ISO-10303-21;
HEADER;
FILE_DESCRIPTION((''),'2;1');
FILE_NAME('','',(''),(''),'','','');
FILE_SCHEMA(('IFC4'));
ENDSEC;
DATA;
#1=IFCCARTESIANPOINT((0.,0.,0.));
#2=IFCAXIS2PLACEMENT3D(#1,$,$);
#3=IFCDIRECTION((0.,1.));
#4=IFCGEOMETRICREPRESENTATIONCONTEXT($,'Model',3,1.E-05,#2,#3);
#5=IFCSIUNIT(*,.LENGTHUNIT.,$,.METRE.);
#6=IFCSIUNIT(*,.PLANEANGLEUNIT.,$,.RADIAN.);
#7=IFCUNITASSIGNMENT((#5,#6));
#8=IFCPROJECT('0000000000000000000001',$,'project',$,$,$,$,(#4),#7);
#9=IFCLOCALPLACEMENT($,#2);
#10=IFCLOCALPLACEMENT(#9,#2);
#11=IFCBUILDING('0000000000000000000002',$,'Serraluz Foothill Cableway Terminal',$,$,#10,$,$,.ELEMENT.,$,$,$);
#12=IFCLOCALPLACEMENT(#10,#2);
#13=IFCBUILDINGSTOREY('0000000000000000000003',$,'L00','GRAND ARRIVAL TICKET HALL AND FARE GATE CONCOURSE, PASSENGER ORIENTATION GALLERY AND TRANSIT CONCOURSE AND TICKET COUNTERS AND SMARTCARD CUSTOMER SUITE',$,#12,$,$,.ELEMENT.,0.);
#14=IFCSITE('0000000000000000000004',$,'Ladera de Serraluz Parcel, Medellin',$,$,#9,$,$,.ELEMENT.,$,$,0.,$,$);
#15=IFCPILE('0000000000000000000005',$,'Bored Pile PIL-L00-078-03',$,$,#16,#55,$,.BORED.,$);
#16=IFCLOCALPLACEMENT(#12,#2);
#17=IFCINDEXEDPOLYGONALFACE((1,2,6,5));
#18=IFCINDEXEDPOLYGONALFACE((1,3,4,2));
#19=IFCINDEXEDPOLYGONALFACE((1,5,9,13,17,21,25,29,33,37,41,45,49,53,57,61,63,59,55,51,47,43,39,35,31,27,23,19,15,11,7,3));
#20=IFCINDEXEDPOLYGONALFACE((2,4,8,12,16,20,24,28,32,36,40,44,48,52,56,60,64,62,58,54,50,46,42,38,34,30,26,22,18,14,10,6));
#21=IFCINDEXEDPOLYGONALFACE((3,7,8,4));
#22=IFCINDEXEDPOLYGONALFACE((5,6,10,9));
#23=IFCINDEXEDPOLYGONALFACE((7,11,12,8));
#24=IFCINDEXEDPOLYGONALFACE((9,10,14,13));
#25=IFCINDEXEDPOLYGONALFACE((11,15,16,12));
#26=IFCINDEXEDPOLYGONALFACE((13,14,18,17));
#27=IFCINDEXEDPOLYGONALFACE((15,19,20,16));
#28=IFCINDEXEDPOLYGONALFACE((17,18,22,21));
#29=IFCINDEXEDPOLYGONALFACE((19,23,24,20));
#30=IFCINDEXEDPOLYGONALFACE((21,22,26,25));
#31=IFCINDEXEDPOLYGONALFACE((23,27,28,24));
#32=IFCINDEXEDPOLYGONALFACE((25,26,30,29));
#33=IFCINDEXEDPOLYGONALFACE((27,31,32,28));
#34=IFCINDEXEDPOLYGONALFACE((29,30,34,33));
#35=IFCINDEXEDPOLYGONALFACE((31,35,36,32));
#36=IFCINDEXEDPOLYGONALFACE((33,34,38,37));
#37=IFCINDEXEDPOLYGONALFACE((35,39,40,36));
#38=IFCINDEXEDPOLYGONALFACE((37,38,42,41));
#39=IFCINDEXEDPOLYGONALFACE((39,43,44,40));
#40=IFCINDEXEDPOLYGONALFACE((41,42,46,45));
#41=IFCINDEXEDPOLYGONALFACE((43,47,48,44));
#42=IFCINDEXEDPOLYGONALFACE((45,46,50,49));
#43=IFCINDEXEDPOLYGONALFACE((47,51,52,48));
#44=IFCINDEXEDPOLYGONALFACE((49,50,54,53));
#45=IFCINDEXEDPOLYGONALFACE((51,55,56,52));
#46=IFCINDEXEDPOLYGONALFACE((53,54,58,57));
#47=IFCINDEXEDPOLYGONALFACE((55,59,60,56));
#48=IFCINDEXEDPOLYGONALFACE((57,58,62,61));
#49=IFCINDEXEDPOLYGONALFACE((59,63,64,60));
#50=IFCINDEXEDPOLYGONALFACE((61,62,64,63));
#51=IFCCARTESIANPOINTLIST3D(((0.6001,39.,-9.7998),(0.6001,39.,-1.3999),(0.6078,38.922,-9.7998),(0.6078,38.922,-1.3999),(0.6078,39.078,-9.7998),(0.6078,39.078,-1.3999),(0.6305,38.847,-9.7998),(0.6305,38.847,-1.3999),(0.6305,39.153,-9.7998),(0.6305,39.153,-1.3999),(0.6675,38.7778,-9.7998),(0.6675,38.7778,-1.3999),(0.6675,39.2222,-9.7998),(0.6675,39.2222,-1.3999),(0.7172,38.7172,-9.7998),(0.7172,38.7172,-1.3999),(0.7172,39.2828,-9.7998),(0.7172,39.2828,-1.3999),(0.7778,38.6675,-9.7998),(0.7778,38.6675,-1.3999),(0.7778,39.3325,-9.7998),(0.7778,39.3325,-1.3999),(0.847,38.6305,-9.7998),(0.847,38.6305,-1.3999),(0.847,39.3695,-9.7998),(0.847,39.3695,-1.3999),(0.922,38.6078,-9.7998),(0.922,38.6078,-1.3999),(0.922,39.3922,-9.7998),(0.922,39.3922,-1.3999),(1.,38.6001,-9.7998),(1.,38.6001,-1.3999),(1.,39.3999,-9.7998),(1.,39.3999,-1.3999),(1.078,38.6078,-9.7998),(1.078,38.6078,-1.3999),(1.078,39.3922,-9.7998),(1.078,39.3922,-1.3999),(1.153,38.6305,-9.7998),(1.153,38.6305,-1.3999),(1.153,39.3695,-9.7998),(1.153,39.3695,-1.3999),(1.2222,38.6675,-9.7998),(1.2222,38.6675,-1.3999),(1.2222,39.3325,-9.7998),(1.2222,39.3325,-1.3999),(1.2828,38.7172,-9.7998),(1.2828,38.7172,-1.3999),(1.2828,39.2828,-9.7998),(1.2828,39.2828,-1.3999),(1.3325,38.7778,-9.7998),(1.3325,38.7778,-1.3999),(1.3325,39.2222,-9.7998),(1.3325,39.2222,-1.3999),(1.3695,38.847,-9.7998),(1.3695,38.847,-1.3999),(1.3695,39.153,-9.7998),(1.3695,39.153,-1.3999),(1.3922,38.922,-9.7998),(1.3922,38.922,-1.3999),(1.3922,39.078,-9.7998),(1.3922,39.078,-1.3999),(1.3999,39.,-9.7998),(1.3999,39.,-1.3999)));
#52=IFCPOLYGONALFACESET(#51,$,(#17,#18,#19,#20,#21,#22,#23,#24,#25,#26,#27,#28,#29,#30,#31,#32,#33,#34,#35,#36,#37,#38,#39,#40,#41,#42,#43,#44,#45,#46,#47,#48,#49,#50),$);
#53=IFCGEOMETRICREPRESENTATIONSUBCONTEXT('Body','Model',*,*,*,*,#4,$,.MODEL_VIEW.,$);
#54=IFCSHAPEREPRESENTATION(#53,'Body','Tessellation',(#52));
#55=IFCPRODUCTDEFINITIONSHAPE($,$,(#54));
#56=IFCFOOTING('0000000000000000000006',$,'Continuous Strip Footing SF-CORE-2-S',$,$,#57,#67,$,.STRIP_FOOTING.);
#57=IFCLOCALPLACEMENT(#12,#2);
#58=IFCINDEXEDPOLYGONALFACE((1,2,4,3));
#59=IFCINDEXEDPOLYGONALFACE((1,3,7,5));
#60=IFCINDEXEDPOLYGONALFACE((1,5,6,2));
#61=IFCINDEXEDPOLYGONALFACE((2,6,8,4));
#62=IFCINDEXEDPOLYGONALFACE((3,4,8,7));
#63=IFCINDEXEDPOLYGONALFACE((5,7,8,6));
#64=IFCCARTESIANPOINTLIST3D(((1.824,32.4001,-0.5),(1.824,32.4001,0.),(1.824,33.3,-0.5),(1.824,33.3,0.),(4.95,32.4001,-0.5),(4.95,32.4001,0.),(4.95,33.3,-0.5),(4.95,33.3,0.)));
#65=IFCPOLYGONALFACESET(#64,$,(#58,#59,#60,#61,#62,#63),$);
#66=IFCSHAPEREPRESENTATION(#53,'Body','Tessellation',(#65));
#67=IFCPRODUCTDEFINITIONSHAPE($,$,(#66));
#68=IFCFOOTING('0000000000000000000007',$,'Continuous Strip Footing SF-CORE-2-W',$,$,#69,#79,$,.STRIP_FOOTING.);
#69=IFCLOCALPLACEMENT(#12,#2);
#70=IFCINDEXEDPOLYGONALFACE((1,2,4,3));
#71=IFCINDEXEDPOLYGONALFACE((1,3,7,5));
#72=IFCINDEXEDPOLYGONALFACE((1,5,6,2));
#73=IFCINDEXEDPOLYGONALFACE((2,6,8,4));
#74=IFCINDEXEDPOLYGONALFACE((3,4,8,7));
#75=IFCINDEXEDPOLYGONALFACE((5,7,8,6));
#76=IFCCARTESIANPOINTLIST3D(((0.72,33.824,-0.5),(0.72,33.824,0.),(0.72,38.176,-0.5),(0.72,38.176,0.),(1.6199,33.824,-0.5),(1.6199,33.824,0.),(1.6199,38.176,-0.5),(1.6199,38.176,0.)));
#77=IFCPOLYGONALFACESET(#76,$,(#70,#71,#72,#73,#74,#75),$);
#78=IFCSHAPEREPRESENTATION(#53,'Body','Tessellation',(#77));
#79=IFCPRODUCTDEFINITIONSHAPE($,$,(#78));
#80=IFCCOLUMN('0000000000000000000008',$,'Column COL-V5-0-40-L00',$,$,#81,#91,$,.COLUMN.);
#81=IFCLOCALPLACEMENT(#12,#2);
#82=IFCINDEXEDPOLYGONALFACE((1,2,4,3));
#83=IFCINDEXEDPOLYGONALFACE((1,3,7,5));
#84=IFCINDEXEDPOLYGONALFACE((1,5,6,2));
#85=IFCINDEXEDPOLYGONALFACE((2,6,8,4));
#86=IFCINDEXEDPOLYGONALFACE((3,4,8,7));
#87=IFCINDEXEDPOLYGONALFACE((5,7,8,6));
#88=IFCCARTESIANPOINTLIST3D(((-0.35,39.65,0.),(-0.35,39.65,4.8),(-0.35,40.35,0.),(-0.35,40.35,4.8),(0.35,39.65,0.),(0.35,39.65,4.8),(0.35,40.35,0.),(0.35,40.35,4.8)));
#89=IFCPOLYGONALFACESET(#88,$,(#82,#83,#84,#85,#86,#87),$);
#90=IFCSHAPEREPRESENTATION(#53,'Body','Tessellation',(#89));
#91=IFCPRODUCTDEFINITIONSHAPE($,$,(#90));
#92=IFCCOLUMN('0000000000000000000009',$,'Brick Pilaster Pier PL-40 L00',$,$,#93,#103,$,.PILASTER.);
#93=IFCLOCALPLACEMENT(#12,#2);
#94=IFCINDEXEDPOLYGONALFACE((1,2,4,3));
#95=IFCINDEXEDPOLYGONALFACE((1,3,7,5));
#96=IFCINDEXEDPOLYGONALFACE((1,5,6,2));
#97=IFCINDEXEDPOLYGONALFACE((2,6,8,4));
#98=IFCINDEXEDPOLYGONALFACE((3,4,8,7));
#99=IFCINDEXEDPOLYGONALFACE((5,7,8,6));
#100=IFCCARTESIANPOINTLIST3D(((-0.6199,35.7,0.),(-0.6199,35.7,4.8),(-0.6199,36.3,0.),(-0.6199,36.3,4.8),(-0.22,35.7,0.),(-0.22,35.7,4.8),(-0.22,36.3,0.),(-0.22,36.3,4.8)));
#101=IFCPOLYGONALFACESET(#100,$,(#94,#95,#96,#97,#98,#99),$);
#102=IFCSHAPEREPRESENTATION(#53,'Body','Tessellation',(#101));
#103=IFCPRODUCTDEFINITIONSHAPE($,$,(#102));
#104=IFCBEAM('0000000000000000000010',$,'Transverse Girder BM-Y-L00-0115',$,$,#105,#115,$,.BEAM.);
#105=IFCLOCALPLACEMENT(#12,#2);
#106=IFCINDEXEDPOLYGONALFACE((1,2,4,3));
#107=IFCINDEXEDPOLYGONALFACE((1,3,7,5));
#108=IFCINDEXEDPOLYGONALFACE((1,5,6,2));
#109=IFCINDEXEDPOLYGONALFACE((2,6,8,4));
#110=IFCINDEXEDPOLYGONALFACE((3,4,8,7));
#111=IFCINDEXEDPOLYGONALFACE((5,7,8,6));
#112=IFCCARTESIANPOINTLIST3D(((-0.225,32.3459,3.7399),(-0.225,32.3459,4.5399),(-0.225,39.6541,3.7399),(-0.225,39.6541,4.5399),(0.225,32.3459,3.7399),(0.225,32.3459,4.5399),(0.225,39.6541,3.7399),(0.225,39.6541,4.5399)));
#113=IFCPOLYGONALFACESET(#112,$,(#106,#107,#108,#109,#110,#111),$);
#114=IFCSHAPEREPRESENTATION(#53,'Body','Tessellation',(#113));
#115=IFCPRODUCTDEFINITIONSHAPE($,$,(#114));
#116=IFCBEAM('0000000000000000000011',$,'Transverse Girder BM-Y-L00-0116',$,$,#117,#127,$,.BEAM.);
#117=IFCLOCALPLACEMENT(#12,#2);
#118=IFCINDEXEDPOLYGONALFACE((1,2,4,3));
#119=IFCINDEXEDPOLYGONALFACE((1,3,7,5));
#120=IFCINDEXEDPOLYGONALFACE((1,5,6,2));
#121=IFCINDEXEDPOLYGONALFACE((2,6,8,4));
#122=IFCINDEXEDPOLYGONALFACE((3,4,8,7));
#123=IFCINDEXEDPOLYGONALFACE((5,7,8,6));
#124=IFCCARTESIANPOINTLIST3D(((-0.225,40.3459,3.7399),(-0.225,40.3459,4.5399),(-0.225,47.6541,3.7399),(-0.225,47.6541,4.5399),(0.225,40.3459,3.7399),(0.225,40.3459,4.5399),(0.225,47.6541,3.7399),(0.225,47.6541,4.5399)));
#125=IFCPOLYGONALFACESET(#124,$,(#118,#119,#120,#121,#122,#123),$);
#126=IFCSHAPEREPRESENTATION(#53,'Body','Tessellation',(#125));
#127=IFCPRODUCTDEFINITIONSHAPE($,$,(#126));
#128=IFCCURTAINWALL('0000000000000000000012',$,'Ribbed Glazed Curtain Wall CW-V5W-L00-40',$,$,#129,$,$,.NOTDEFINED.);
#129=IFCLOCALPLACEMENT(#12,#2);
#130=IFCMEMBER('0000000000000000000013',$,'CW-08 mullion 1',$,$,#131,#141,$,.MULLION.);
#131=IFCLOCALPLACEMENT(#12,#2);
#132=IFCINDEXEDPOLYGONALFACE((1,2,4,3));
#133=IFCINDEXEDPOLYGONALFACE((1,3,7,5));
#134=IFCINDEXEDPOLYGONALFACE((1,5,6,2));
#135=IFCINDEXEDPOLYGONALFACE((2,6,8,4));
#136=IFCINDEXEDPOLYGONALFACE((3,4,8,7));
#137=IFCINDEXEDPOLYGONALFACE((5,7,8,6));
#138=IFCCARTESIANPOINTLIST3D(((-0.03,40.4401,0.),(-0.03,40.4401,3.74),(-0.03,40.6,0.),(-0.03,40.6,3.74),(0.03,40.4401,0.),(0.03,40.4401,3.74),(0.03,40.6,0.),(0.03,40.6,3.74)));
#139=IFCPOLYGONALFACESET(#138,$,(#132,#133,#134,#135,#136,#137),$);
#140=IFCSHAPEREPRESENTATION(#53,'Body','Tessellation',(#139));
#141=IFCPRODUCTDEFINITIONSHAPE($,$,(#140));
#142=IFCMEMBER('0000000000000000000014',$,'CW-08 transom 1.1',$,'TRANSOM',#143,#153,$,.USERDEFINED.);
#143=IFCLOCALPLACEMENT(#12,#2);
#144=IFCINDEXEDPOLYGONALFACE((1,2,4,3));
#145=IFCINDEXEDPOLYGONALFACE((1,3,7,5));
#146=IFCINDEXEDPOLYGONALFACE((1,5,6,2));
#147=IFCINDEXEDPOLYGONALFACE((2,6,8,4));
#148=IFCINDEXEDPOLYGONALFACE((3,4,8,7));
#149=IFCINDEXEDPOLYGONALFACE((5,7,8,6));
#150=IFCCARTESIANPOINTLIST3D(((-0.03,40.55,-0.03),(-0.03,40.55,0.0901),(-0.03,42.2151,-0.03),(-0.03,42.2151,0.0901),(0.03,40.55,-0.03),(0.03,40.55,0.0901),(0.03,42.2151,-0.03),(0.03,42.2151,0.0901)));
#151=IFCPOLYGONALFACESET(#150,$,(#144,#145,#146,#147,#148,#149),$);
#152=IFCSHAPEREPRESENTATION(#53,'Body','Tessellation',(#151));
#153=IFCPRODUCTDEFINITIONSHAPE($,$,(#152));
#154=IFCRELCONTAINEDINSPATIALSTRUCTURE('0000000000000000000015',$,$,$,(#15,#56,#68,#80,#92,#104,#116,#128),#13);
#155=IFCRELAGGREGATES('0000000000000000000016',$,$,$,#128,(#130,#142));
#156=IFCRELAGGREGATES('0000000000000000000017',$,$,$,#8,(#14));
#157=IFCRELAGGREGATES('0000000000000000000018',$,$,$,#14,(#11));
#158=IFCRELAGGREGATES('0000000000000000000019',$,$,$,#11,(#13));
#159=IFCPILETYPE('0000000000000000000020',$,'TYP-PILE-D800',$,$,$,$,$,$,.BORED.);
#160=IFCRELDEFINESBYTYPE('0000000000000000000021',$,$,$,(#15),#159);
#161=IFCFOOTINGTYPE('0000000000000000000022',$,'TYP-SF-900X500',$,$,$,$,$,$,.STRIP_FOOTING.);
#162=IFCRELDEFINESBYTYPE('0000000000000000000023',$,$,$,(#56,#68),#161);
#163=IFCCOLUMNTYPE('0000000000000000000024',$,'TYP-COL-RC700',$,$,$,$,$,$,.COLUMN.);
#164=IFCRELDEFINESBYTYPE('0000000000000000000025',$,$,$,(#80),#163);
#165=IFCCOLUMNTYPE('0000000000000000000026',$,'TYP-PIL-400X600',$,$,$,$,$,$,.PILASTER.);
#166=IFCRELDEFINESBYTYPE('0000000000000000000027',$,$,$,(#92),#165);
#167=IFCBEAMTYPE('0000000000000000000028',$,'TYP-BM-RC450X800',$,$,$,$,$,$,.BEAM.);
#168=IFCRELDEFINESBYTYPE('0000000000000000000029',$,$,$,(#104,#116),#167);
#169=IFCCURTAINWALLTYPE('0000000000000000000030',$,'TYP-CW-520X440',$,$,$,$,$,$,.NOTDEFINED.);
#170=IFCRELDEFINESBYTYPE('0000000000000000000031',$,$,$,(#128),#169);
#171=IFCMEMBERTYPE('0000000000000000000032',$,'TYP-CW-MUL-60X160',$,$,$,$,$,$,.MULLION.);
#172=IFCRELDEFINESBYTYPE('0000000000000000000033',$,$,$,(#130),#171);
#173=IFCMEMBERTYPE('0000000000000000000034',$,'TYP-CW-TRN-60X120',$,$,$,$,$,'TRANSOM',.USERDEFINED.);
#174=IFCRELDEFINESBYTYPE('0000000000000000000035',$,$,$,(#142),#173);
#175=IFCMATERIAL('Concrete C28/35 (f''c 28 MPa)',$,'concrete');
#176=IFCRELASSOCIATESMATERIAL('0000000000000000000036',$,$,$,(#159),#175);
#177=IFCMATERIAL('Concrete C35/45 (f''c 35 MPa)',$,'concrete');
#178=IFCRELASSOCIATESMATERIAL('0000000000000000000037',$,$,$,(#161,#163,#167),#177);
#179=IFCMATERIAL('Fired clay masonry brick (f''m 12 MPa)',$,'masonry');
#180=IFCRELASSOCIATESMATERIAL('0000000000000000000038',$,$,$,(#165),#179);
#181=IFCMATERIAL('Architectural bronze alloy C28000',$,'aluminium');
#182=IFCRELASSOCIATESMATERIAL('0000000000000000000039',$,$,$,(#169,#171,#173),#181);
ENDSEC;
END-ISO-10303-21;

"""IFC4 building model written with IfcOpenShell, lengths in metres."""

from ifc_helpers import new_model, si_unit, direction, frame, origin, origin_2d, place, context, subcontext, project, spatial, rectangle, circle, extrude, material, material_profile, profile_set, type_object, element, aggregate, save


model = new_model("IFC4")

# Units and contexts
model_context = context("Model", 3, precision=1e-05, world=origin(), true_north=direction((0.0, 1.0)))
body_context = subcontext(model_context, "Body", "Model", "MODEL_VIEW")
ifc_project = project(units=[si_unit("LENGTHUNIT", "METRE"), si_unit("PLANEANGLEUNIT", "RADIAN")], contexts=[model_context])

# Site, building, storey
site_placement = place(None, origin())
site = spatial("IfcSite", under=ifc_project, at=site_placement, Name="Ladera de Serraluz Parcel, Medellin", CompositionType="ELEMENT", RefElevation=0.0)
building_placement = place(site_placement, origin())
building = spatial("IfcBuilding", under=site, at=building_placement, Name="Serraluz Foothill Cableway Terminal", CompositionType="ELEMENT")
storey_placement = place(building_placement, origin())
storey = spatial("IfcBuildingStorey", under=building, at=storey_placement, Name="L00", Description="GRAND ARRIVAL TICKET HALL AND FARE GATE CONCOURSE, PASSENGER ORIENTATION GALLERY AND TRANSIT CONCOURSE AND TICKET COUNTERS AND SMARTCARD CUSTOMER SUITE", CompositionType="ELEMENT", Elevation=0.0)

# Shared definitions
ifc_material_1 = material(Name="Concrete C35/45 (f'c 35 MPa)", Category="concrete")

# Pile
ifc_material_2 = material(Name="Concrete C28/35 (f'c 28 MPa)", Category="concrete")
ifc_material_profile_1 = material_profile(ifc_material_2, circle(Radius=0.3999, at=origin_2d()), Name="BORED PILE D800")
ifc_profile_set_1 = profile_set([ifc_material_profile_1], Name="Concrete C28/35 (f'c 28 MPa)")
pile_type = type_object("IfcPileType", Name="TYP-PILE-D800", PredefinedType="BORED", material=ifc_profile_set_1)
for number, where, z_axis, x_axis, name in (
    (1, (1.0, 39.0, -1.3999), (0.0, 0.0, -1.0), (1.0, 0.0, 0.0), "Bored Pile PIL-L00-078-03"),
):
    element("IfcPile", number, at=place(storey_placement, frame(where, z_axis=z_axis, x_axis=x_axis)), inside=storey, type_object=pile_type, Name=name, PredefinedType="BORED", context=body_context, shape_type="SweptSolid", body=[
        extrude(circle(Radius=0.3999, at=origin_2d()), origin(), (0.0, 0.0, 1.0), 8.3999),
    ])

# Footings
ifc_material_profile_2 = material_profile(ifc_material_1, rectangle(XDim=0.8999, YDim=0.5, at=origin_2d()), Name="SF 900x500")
ifc_profile_set_2 = profile_set([ifc_material_profile_2], Name="Concrete C35/45 (f'c 35 MPa)")
footing_type_1 = type_object("IfcFootingType", Name="TYP-SF-900X500", PredefinedType="STRIP_FOOTING", material=ifc_profile_set_2)
footing_1_placement = place(storey_placement, frame((1.824, 32.8501, -0.25), z_axis=(1.0, 0.0, 0.0), x_axis=(0.0, 1.0, 0.0)))
element("IfcFooting", 2, at=footing_1_placement, inside=storey, type_object=footing_type_1, Name="Continuous Strip Footing SF-CORE-2-S", PredefinedType="STRIP_FOOTING", context=body_context, shape_type="SweptSolid", body=[
    extrude(rectangle(XDim=0.8999, YDim=0.5, at=origin_2d()), origin(), (0.0, 0.0, 1.0), 3.126),
])
footing_2_placement = place(storey_placement, frame((1.1699, 33.824, -0.25), z_axis=(0.0, 1.0, 0.0), x_axis=(-1.0, 0.0, 0.0)))
element("IfcFooting", 3, at=footing_2_placement, inside=storey, type_object=footing_type_1, Name="Continuous Strip Footing SF-CORE-2-W", PredefinedType="STRIP_FOOTING", context=body_context, shape_type="SweptSolid", body=[
    extrude(rectangle(XDim=0.8999, YDim=0.5, at=origin_2d()), origin(), (0.0, 0.0, 1.0), 4.3521),
])

# Columns
ifc_material_profile_3 = material_profile(ifc_material_1, rectangle(XDim=0.7, YDim=0.7, at=origin_2d()), Name="RC 700x700")
ifc_profile_set_3 = profile_set([ifc_material_profile_3], Name="Concrete C35/45 (f'c 35 MPa)")
column_type_1 = type_object("IfcColumnType", Name="TYP-COL-RC700", PredefinedType="COLUMN", material=ifc_profile_set_3)
column_1_placement = place(storey_placement, frame((0.0, 40.0, 0.0), z_axis=(0.0, 0.0, 1.0), x_axis=(1.0, 0.0, 0.0)))
element("IfcColumn", 4, at=column_1_placement, inside=storey, type_object=column_type_1, Name="Column COL-V5-0-40-L00", PredefinedType="COLUMN", context=body_context, shape_type="SweptSolid", body=[
    extrude(rectangle(XDim=0.7, YDim=0.7, at=origin_2d()), origin(), (0.0, 0.0, 1.0), 4.8),
])
ifc_material_3 = material(Name="Fired clay masonry brick (f'm 12 MPa)", Category="masonry")
ifc_material_profile_4 = material_profile(ifc_material_3, rectangle(XDim=0.3999, YDim=0.6001, at=origin_2d()), Name="PIL 400x600")
ifc_profile_set_4 = profile_set([ifc_material_profile_4], Name="Fired clay masonry brick (f'm 12 MPa)")
column_type_2 = type_object("IfcColumnType", Name="TYP-PIL-400X600", PredefinedType="PILASTER", material=ifc_profile_set_4)
column_2_placement = place(storey_placement, frame((-0.4199, 36.0, 0.0), z_axis=(0.0, 0.0, 1.0), x_axis=(1.0, 0.0, 0.0)))
element("IfcColumn", 5, at=column_2_placement, inside=storey, type_object=column_type_2, Name="Brick Pilaster Pier PL-40 L00", PredefinedType="PILASTER", context=body_context, shape_type="SweptSolid", body=[
    extrude(rectangle(XDim=0.3999, YDim=0.6001, at=origin_2d()), origin(), (0.0, 0.0, 1.0), 4.8),
])

# Beams
ifc_material_profile_5 = material_profile(ifc_material_1, rectangle(XDim=0.45, YDim=0.8, at=origin_2d()), Name="RC 450x800")
ifc_profile_set_5 = profile_set([ifc_material_profile_5], Name="Concrete C35/45 (f'c 35 MPa)")
beam_type = type_object("IfcBeamType", Name="TYP-BM-RC450X800", PredefinedType="BEAM", material=ifc_profile_set_5)
for number, where, z_axis, x_axis, name in (
    (6, (0.0, 32.3459, 4.1399), (0.0, 1.0, 0.0), (-1.0, 0.0, 0.0), "Transverse Girder BM-Y-L00-0115"),
    (7, (0.0, 40.3459, 4.1399), (0.0, 1.0, 0.0), (-1.0, 0.0, 0.0), "Transverse Girder BM-Y-L00-0116"),
):
    element("IfcBeam", number, at=place(storey_placement, frame(where, z_axis=z_axis, x_axis=x_axis)), inside=storey, type_object=beam_type, Name=name, PredefinedType="BEAM", context=body_context, shape_type="SweptSolid", body=[
        extrude(rectangle(XDim=0.45, YDim=0.8, at=origin_2d()), origin(), (0.0, 0.0, 1.0), 7.3081),
    ])

# Curtain wall, members
ifc_material_4 = material(Name="Architectural bronze alloy C28000", Category="aluminium")
curtain_wall_type = type_object("IfcCurtainWallType", Name="TYP-CW-520X440", PredefinedType="NOTDEFINED", material=ifc_material_4)
curtain_wall_placement = place(storey_placement, origin())
curtain_wall = element("IfcCurtainWall", 8, at=curtain_wall_placement, inside=storey, type_object=curtain_wall_type, Name="Ribbed Glazed Curtain Wall CW-V5W-L00-40", PredefinedType="NOTDEFINED")
ifc_material_profile_6 = material_profile(ifc_material_4, rectangle(XDim=0.0601, YDim=0.1599, at=origin_2d()), Name="ALU MULLION 60x160")
ifc_profile_set_6 = profile_set([ifc_material_profile_6], Name="Architectural bronze alloy C28000")
member_type_1 = type_object("IfcMemberType", Name="TYP-CW-MUL-60X160", PredefinedType="MULLION", material=ifc_profile_set_6)
member_1_placement = place(storey_placement, frame((0.0, 40.52, 0.0), z_axis=(0.0, 0.0, 1.0), x_axis=(-1.0, 0.0, 0.0)))
member_1 = element("IfcMember", 9, at=member_1_placement, type_object=member_type_1, Name="CW-08 mullion 1", PredefinedType="MULLION", context=body_context, shape_type="SweptSolid", body=[
    extrude(rectangle(XDim=0.0601, YDim=0.1599, at=origin_2d()), origin(), (0.0, 0.0, 1.0), 3.74),
])
ifc_material_profile_7 = material_profile(ifc_material_4, rectangle(XDim=0.0601, YDim=0.1201, at=origin_2d()), Name="ALU TRANSOM 60x120")
ifc_profile_set_7 = profile_set([ifc_material_profile_7], Name="Architectural bronze alloy C28000")
member_type_2 = type_object("IfcMemberType", Name="TYP-CW-TRN-60X120", ElementType="TRANSOM", PredefinedType="USERDEFINED", material=ifc_profile_set_7)
member_2_placement = place(storey_placement, frame((0.0, 40.55, 0.03), z_axis=(0.0, 1.0, 0.0), x_axis=(-1.0, 0.0, 0.0)))
member_2 = element("IfcMember", 10, at=member_2_placement, type_object=member_type_2, Name="CW-08 transom 1.1", ObjectType="TRANSOM", PredefinedType="USERDEFINED", context=body_context, shape_type="SweptSolid", body=[
    extrude(rectangle(XDim=0.0601, YDim=0.1201, at=origin_2d()), origin(), (0.0, 0.0, 1.0), 1.665),
])
aggregate(curtain_wall, [member_1, member_2])

save(model, "model.ifc")
